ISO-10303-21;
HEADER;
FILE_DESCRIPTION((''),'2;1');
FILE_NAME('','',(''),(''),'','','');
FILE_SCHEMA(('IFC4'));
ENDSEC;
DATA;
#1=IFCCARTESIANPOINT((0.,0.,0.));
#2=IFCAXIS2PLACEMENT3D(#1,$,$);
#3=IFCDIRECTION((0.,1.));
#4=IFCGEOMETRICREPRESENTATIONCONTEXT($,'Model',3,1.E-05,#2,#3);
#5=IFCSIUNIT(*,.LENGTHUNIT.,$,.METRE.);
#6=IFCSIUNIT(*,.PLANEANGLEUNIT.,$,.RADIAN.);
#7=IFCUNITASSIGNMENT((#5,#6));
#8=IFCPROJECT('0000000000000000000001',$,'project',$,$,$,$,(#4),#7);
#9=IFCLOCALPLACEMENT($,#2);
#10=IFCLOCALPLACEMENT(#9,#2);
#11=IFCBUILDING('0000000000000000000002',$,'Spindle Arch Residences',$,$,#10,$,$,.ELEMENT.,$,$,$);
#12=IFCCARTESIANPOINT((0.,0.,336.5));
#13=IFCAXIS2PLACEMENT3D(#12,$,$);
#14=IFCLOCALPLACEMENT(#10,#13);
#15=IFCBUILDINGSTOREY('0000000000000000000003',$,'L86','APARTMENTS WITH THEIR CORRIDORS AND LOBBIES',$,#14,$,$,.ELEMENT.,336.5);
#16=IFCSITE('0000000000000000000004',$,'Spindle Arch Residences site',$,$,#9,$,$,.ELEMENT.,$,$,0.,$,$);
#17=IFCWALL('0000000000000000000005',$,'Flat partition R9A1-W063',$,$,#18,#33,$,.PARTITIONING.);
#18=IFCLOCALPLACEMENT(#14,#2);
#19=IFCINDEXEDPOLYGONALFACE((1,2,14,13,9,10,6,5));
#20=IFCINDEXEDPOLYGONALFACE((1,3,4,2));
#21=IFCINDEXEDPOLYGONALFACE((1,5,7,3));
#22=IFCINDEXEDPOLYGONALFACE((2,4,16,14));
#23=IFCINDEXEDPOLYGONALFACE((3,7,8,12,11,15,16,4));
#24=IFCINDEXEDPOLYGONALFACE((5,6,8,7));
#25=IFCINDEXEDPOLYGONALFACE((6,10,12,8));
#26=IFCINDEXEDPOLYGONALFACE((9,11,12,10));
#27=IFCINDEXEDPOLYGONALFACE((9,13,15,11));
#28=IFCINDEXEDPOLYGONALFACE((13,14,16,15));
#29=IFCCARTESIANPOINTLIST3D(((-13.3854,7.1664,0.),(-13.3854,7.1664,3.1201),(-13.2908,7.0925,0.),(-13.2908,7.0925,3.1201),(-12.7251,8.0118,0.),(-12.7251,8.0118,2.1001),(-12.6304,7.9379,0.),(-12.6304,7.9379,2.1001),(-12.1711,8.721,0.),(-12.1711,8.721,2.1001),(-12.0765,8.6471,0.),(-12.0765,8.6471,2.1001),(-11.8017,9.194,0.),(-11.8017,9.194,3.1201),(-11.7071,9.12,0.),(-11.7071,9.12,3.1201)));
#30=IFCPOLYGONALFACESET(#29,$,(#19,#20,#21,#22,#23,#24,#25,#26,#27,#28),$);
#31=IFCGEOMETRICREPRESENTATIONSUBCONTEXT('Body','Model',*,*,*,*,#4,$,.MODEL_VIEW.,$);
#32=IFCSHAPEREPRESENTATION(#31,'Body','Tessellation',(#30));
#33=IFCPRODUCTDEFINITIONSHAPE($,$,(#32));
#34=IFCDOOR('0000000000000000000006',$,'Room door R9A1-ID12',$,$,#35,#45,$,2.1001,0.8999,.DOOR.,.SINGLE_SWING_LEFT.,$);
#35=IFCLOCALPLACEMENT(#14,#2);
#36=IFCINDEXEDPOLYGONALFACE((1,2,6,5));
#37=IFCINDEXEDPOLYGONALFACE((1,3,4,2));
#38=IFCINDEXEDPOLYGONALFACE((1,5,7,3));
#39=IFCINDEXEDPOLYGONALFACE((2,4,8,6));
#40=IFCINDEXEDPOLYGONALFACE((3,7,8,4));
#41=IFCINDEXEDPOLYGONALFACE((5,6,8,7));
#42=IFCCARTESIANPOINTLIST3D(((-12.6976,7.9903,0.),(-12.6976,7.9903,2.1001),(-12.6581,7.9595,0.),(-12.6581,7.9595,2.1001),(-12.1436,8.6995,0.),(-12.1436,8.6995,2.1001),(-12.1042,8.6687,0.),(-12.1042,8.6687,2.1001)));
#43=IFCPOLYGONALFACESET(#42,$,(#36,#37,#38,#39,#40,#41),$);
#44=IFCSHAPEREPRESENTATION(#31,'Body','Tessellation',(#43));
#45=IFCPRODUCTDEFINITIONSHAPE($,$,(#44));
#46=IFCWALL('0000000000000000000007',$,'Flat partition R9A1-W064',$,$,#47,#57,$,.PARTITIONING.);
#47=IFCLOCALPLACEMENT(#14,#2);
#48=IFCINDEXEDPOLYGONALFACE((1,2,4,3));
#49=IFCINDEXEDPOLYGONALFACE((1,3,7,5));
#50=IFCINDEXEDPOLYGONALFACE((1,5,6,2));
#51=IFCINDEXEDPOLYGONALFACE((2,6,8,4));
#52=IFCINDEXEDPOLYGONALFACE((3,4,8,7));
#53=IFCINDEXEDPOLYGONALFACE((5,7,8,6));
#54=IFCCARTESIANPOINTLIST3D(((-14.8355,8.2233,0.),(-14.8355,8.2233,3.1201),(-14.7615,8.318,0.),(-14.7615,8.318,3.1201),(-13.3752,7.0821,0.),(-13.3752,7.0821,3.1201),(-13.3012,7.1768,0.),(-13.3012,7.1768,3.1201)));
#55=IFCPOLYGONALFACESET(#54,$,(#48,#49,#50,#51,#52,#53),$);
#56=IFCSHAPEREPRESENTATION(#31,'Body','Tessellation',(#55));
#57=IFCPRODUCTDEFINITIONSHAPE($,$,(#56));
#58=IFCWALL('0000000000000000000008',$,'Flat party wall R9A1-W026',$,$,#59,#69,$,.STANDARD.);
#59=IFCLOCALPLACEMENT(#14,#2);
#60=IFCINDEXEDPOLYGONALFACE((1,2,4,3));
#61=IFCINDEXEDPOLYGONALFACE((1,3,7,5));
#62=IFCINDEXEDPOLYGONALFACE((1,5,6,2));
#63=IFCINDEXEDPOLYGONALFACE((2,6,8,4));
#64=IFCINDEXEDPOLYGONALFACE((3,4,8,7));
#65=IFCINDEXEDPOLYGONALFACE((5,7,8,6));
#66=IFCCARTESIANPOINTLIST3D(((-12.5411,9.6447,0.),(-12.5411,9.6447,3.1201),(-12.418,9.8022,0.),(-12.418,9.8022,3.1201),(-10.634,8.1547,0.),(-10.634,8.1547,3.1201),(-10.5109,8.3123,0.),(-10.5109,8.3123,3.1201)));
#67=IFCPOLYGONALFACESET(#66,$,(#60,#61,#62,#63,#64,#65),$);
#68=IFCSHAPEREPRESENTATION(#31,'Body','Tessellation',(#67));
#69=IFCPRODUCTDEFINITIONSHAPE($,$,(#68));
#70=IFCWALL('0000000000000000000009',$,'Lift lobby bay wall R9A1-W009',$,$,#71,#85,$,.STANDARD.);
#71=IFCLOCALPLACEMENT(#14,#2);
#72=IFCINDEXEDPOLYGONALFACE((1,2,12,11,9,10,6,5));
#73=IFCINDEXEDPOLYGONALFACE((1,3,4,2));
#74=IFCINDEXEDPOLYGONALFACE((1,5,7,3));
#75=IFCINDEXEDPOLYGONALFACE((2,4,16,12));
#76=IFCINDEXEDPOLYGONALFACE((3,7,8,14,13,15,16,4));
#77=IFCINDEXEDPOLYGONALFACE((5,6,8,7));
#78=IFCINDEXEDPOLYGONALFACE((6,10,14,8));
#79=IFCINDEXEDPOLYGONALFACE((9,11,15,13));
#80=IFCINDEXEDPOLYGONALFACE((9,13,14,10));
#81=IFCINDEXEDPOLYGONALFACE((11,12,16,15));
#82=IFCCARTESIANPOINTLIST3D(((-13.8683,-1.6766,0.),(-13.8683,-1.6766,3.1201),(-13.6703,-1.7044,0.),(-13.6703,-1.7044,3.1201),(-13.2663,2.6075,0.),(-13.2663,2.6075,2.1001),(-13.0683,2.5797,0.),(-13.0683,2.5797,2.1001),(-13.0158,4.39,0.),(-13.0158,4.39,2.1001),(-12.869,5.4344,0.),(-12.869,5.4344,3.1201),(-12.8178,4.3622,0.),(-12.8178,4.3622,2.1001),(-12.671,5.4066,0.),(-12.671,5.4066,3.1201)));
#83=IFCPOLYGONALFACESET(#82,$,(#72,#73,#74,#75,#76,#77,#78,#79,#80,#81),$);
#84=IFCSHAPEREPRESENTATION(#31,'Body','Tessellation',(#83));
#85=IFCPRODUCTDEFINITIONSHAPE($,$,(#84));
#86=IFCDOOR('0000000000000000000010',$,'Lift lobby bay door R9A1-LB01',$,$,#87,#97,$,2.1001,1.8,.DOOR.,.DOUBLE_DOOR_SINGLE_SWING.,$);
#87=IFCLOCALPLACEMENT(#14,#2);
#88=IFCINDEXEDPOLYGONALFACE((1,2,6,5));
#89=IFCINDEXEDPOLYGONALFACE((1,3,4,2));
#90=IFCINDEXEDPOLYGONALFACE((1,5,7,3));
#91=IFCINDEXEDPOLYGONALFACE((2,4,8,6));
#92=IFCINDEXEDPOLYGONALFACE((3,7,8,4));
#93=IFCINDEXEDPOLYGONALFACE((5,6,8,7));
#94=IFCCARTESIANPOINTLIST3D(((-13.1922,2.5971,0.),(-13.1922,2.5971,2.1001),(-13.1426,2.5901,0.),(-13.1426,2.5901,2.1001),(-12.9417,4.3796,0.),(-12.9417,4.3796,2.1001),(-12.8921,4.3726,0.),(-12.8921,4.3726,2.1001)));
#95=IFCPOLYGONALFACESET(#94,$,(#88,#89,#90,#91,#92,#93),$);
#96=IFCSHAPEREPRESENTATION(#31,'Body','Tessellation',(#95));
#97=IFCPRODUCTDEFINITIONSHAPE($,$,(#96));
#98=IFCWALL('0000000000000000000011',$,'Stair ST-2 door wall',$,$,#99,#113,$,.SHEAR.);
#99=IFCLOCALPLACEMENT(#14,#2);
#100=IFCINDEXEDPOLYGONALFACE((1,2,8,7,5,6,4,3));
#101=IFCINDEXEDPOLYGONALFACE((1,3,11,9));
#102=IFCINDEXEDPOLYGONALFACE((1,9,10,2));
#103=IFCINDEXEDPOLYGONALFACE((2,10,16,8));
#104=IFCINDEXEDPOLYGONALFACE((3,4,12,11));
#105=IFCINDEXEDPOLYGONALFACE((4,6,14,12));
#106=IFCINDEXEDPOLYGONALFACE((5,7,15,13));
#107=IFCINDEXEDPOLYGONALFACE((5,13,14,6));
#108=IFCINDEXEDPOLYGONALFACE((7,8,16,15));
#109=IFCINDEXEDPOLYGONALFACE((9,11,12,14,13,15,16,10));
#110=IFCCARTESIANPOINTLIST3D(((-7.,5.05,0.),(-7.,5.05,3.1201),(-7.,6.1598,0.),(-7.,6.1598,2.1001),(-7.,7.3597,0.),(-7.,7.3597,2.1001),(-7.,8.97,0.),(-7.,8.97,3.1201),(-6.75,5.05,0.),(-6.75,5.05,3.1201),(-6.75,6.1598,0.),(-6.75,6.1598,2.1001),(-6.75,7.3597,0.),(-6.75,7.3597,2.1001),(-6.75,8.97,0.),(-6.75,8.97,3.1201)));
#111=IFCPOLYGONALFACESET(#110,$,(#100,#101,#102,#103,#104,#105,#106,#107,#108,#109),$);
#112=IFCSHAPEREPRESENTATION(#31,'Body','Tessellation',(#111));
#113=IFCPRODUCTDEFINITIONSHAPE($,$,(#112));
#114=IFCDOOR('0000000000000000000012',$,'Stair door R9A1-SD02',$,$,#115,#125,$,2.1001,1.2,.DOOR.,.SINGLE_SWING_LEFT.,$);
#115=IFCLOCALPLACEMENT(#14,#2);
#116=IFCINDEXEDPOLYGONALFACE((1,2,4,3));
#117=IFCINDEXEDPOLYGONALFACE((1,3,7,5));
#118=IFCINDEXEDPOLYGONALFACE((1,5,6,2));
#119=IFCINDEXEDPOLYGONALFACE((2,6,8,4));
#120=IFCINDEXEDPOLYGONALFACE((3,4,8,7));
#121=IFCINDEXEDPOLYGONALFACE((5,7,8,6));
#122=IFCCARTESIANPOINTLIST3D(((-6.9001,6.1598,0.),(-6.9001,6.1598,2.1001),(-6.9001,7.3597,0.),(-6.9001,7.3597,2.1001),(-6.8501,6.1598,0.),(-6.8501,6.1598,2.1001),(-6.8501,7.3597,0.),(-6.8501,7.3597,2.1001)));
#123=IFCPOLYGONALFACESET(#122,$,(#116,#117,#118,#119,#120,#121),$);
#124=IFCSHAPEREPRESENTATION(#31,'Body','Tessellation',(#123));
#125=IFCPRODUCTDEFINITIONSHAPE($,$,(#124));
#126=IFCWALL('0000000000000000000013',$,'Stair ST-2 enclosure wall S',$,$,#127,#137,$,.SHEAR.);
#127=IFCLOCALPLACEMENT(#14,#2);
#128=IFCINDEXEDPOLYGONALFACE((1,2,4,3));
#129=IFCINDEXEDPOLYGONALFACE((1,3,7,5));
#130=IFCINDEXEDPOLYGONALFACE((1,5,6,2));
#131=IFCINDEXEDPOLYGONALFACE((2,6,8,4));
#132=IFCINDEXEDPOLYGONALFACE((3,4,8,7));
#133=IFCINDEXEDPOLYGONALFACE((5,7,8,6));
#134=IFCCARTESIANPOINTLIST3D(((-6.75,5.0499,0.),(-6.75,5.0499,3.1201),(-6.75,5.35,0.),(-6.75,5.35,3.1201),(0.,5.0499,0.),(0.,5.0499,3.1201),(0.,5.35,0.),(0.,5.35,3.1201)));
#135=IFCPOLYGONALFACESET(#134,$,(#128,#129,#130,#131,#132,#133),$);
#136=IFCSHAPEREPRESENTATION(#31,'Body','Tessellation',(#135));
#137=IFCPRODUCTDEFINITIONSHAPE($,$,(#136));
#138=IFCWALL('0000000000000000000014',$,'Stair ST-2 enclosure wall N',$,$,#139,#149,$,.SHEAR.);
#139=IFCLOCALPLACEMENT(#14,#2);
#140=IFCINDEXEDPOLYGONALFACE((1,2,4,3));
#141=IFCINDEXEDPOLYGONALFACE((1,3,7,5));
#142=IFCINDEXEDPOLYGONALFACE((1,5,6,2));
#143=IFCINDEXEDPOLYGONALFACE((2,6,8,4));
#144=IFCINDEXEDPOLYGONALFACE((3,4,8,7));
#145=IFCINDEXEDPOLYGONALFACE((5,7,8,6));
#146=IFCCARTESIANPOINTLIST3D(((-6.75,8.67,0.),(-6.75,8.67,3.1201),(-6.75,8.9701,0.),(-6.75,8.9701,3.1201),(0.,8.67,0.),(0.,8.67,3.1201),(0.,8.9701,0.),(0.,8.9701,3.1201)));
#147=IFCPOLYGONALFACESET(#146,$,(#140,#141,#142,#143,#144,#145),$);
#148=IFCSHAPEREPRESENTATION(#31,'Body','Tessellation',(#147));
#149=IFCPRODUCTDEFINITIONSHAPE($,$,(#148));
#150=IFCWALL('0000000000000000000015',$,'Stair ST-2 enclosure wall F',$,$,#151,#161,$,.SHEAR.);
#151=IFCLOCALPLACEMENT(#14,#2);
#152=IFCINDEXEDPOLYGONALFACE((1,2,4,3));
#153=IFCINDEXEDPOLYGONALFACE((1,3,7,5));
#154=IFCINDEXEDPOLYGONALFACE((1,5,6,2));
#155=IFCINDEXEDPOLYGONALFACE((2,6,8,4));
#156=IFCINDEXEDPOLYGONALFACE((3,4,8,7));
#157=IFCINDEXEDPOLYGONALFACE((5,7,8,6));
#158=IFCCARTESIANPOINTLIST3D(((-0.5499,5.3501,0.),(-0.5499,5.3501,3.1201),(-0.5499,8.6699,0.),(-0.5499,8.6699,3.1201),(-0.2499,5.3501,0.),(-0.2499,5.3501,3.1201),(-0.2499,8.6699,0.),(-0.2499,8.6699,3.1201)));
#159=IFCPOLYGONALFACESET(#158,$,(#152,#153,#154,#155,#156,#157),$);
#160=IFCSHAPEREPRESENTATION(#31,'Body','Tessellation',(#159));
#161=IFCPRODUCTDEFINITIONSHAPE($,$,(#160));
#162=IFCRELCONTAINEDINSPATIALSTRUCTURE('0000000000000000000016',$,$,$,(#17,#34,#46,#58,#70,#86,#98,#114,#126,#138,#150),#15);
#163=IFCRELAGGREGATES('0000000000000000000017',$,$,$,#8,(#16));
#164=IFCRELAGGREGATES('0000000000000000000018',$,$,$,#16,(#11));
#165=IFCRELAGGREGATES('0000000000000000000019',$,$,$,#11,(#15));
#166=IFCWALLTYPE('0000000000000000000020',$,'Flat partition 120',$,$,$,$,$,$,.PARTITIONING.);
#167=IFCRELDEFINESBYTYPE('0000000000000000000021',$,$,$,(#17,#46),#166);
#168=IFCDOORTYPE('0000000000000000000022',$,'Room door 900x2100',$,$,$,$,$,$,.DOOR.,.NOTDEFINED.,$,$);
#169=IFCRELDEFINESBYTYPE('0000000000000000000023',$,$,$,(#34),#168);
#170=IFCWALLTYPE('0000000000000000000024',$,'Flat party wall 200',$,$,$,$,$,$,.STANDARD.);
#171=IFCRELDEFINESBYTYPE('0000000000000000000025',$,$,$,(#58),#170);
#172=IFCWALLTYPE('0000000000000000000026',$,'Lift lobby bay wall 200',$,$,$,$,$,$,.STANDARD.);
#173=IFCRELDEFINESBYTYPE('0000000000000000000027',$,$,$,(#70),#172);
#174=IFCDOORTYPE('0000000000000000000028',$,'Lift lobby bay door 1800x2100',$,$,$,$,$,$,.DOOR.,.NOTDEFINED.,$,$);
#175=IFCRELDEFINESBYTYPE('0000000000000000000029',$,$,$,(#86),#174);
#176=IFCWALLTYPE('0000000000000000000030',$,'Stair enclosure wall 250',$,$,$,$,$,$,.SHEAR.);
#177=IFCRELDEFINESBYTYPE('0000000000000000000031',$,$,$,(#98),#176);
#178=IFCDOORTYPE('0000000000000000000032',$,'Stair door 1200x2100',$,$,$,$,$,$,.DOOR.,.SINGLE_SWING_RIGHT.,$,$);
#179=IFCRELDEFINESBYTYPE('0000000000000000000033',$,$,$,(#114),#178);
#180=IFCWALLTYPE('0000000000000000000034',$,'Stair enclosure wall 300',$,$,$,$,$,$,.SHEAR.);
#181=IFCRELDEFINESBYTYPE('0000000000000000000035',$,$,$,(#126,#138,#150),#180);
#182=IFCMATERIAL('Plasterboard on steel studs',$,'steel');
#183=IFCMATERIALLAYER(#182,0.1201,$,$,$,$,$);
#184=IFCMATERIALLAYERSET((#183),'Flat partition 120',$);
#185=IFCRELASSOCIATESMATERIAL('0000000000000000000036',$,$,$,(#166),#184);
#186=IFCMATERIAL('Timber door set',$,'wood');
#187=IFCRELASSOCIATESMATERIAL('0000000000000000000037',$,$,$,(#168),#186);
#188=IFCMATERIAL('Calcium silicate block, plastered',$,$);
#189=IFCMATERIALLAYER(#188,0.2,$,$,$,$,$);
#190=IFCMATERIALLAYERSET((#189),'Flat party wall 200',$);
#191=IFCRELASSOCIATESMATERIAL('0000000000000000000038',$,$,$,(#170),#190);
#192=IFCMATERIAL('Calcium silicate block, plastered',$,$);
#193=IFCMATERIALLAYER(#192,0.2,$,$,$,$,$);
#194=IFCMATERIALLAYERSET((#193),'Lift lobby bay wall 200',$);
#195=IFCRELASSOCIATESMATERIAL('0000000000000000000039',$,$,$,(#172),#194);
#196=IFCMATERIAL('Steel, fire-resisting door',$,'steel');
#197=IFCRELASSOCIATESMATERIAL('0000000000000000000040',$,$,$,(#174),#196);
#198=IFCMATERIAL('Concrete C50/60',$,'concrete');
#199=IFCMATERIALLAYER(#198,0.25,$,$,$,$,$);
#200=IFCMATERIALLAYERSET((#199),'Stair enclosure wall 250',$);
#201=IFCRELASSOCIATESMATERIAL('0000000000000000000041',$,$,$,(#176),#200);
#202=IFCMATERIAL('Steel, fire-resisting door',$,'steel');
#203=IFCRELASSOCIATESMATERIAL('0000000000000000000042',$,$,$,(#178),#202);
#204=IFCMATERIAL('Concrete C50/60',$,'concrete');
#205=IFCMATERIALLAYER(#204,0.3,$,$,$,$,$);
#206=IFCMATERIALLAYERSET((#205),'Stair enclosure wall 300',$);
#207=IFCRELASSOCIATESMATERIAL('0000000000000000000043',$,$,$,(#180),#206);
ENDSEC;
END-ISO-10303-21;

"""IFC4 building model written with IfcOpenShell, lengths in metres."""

from ifc_helpers import new_model, si_unit, direction, frame, frame_2d, origin, place, context, subcontext, project, spatial, rectangle, extrude, material, layer, layer_set, type_object, element, fill, save


model = new_model("IFC4")

# Units and contexts
model_context = context("Model", 3, precision=1e-05, world=origin(), true_north=direction((0.0, 1.0)))
body_context = subcontext(model_context, "Body", "Model", "MODEL_VIEW")
ifc_project = project(units=[si_unit("LENGTHUNIT", "METRE"), si_unit("PLANEANGLEUNIT", "RADIAN")], contexts=[model_context])

# Site, building, storey
site_placement = place(None, origin())
site = spatial("IfcSite", under=ifc_project, at=site_placement, Name="Spindle Arch Residences site", CompositionType="ELEMENT", RefElevation=0.0)
building_placement = place(site_placement, origin())
building = spatial("IfcBuilding", under=site, at=building_placement, Name="Spindle Arch Residences", CompositionType="ELEMENT")
storey_placement = place(building_placement, frame((0.0, 0.0, 336.5)))
storey = spatial("IfcBuildingStorey", under=building, at=storey_placement, Name="L86", Description="APARTMENTS WITH THEIR CORRIDORS AND LOBBIES", CompositionType="ELEMENT", Elevation=336.5)

# Shared definitions
ifc_material_1 = material(Name="Plasterboard on steel studs", Category="steel")
ifc_layer_1 = layer(ifc_material_1, 0.1201)
ifc_layer_set_1 = layer_set([ifc_layer_1], Name="Flat partition 120")
wall_type_1 = type_object("IfcWallType", Name="Flat partition 120", PredefinedType="PARTITIONING", material=ifc_layer_set_1)

# Wall, opening, door
wall_1_placement = place(storey_placement, frame((-11.7544, 9.157, 0.0), z_axis=(0.0, 0.0, 1.0), x_axis=(-0.615569, -0.788083, 0.0)))
wall_1 = element("IfcWall", 1, at=wall_1_placement, inside=storey, type_object=wall_type_1, Name="Flat partition R9A1-W063", PredefinedType="PARTITIONING", context=body_context, shape_type="SweptSolid", body=[
    extrude(rectangle(XDim=2.5728, YDim=0.1201, at=frame_2d((1.2864, 0.0))), origin(), (0.0, 0.0, 1.0), 3.1201),
])
opening_1_placement = place(wall_1_placement, frame((0.6001, 0.0, 0.0)))
opening_1 = element("IfcOpeningElement", 2, at=opening_1_placement, cuts=wall_1, PredefinedType="OPENING", context=body_context, shape_type="SweptSolid", body=[
    extrude(rectangle(XDim=0.8999, YDim=2.1001, at=frame_2d((0.45, 1.05))), frame((0.0, 0.0701, 0.0), z_axis=(0.0, -1.0, 0.0), x_axis=(1.0, 0.0, 0.0)), (0.0, 0.0, 1.0), 0.1401),
])
ifc_material_2 = material(Name="Timber door set", Category="wood")
door_type_1 = type_object("IfcDoorType", Name="Room door 900x2100", OperationType="NOTDEFINED", PredefinedType="DOOR", material=ifc_material_2)
door_1_placement = place(opening_1_placement, origin())
door_1 = element("IfcDoor", 3, at=door_1_placement, inside=storey, type_object=door_type_1, Name="Room door R9A1-ID12", OperationType="SINGLE_SWING_LEFT", OverallHeight=2.1001, OverallWidth=0.8999, PredefinedType="DOOR", context=body_context, shape_type="SweptSolid", body=[
    extrude(rectangle(XDim=0.8999, YDim=2.1001, at=frame_2d((0.45, 1.05))), frame((0.0, 0.0249, 0.0), z_axis=(0.0, -1.0, 0.0), x_axis=(1.0, 0.0, 0.0)), (0.0, 0.0, 1.0), 0.05),
])
fill(opening_1, door_1)

# Walls
wall_2_placement = place(storey_placement, frame((-13.3381, 7.1294, 0.0), z_axis=(0.0, 0.0, 1.0), x_axis=(-0.787938, 0.615754, 0.0)))
element("IfcWall", 4, at=wall_2_placement, inside=storey, type_object=wall_type_1, Name="Flat partition R9A1-W064", PredefinedType="PARTITIONING", context=body_context, shape_type="SweptSolid", body=[
    extrude(rectangle(XDim=1.8533, YDim=0.1201, at=frame_2d((0.9268, 0.0))), origin(), (0.0, 0.0, 1.0), 3.1201),
])
ifc_material_3 = material(Name="Calcium silicate block, plastered")
ifc_layer_2 = layer(ifc_material_3, 0.2)
ifc_layer_set_2 = layer_set([ifc_layer_2], Name="Flat party wall 200")
wall_type_2 = type_object("IfcWallType", Name="Flat party wall 200", PredefinedType="STANDARD", material=ifc_layer_set_2)
wall_3_placement = place(storey_placement, frame((-12.4795, 9.7234, 0.0), z_axis=(0.0, 0.0, 1.0), x_axis=(0.78803, -0.615636, 0.0)))
element("IfcWall", 5, at=wall_3_placement, inside=storey, type_object=wall_type_2, Name="Flat party wall R9A1-W026", PredefinedType="STANDARD", context=body_context, shape_type="SweptSolid", body=[
    extrude(rectangle(XDim=2.4202, YDim=0.2, at=frame_2d((1.21, 0.0))), origin(), (0.0, 0.0, 1.0), 3.1201),
])

# Walls, openings, doors
ifc_material_4 = material(Name="Calcium silicate block, plastered")
ifc_layer_3 = layer(ifc_material_4, 0.2)
ifc_layer_set_3 = layer_set([ifc_layer_3], Name="Lift lobby bay wall 200")
wall_type_3 = type_object("IfcWallType", Name="Lift lobby bay wall 200", PredefinedType="STANDARD", material=ifc_layer_set_3)
wall_4_placement = place(storey_placement, frame((-12.77, 5.4204, 0.0), z_axis=(0.0, 0.0, 1.0), x_axis=(-0.139155, -0.990271, 0.0)))
wall_4 = element("IfcWall", 6, at=wall_4_placement, inside=storey, type_object=wall_type_3, Name="Lift lobby bay wall R9A1-W009", PredefinedType="STANDARD", context=body_context, shape_type="SweptSolid", body=[
    extrude(rectangle(XDim=7.1809, YDim=0.2, at=frame_2d((3.5903, 0.0))), origin(), (0.0, 0.0, 1.0), 3.1201),
])
opening_2_placement = place(wall_4_placement, frame((1.0547, 0.0, 0.0)))
opening_2 = element("IfcOpeningElement", 7, at=opening_2_placement, cuts=wall_4, PredefinedType="OPENING", context=body_context, shape_type="SweptSolid", body=[
    extrude(rectangle(XDim=1.8, YDim=2.1001, at=frame_2d((0.8999, 1.05))), frame((0.0, 0.1099, 0.0), z_axis=(0.0, -1.0, 0.0), x_axis=(1.0, 0.0, 0.0)), (0.0, 0.0, 1.0), 0.22),
])
ifc_material_5 = material(Name="Steel, fire-resisting door", Category="steel")
door_type_2 = type_object("IfcDoorType", Name="Lift lobby bay door 1800x2100", OperationType="NOTDEFINED", PredefinedType="DOOR", material=ifc_material_5)
door_2_placement = place(opening_2_placement, origin())
door_2 = element("IfcDoor", 8, at=door_2_placement, inside=storey, type_object=door_type_2, Name="Lift lobby bay door R9A1-LB01", OperationType="DOUBLE_DOOR_SINGLE_SWING", OverallHeight=2.1001, OverallWidth=1.8, PredefinedType="DOOR", context=body_context, shape_type="SweptSolid", body=[
    extrude(rectangle(XDim=1.8, YDim=2.1001, at=frame_2d((0.8999, 1.05))), frame((0.0, 0.0249, 0.0), z_axis=(0.0, -1.0, 0.0), x_axis=(1.0, 0.0, 0.0)), (0.0, 0.0, 1.0), 0.05),
])
fill(opening_2, door_2)
ifc_material_6 = material(Name="Concrete C50/60", Category="concrete")
ifc_layer_4 = layer(ifc_material_6, 0.25)
ifc_layer_set_4 = layer_set([ifc_layer_4], Name="Stair enclosure wall 250")
wall_type_4 = type_object("IfcWallType", Name="Stair enclosure wall 250", PredefinedType="SHEAR", material=ifc_layer_set_4)
wall_5_placement = place(storey_placement, frame((-6.875, 8.97, 0.0), z_axis=(0.0, 0.0, 1.0), x_axis=(0.0, -1.0, 0.0)))
wall_5 = element("IfcWall", 9, at=wall_5_placement, inside=storey, type_object=wall_type_4, Name="Stair ST-2 door wall", PredefinedType="SHEAR", context=body_context, shape_type="SweptSolid", body=[
    extrude(rectangle(XDim=3.9199, YDim=0.25, at=frame_2d((1.96, 0.0))), origin(), (0.0, 0.0, 1.0), 3.1201),
])
opening_3_placement = place(wall_5_placement, frame((1.6101, 0.0, 0.0)))
opening_3 = element("IfcOpeningElement", 10, at=opening_3_placement, cuts=wall_5, PredefinedType="OPENING", context=body_context, shape_type="SweptSolid", body=[
    extrude(rectangle(XDim=1.2, YDim=2.1001, at=frame_2d((0.6001, 1.05))), frame((0.0, 0.135, 0.0), z_axis=(0.0, -1.0, 0.0), x_axis=(1.0, 0.0, 0.0)), (0.0, 0.0, 1.0), 0.27),
])
ifc_material_7 = material(Name="Steel, fire-resisting door", Category="steel")
door_type_3 = type_object("IfcDoorType", Name="Stair door 1200x2100", OperationType="SINGLE_SWING_RIGHT", PredefinedType="DOOR", material=ifc_material_7)
door_3_placement = place(opening_3_placement, origin())
door_3 = element("IfcDoor", 11, at=door_3_placement, inside=storey, type_object=door_type_3, Name="Stair door R9A1-SD02", OperationType="SINGLE_SWING_LEFT", OverallHeight=2.1001, OverallWidth=1.2, PredefinedType="DOOR", context=body_context, shape_type="SweptSolid", body=[
    extrude(rectangle(XDim=1.2, YDim=2.1001, at=frame_2d((0.6001, 1.05))), frame((0.0, 0.0249, 0.0), z_axis=(0.0, -1.0, 0.0), x_axis=(1.0, 0.0, 0.0)), (0.0, 0.0, 1.0), 0.05),
])
fill(opening_3, door_3)

# Walls
ifc_material_8 = material(Name="Concrete C50/60", Category="concrete")
ifc_layer_5 = layer(ifc_material_8, 0.3)
ifc_layer_set_5 = layer_set([ifc_layer_5], Name="Stair enclosure wall 300")
wall_type_5 = type_object("IfcWallType", Name="Stair enclosure wall 300", PredefinedType="SHEAR", material=ifc_layer_set_5)
for number, where, z_axis, x_axis, name in (
    (12, (-6.75, 5.2, 0.0), (0.0, 0.0, 1.0), (1.0, 0.0, 0.0), "Stair ST-2 enclosure wall S"),
    (13, (-6.75, 8.8201, 0.0), (0.0, 0.0, 1.0), (1.0, 0.0, 0.0), "Stair ST-2 enclosure wall N"),
):
    element("IfcWall", number, at=place(storey_placement, frame(where, z_axis=z_axis, x_axis=x_axis)), inside=storey, type_object=wall_type_5, Name=name, PredefinedType="SHEAR", context=body_context, shape_type="SweptSolid", body=[
        extrude(rectangle(XDim=6.75, YDim=0.3, at=frame_2d((3.375, 0.0))), origin(), (0.0, 0.0, 1.0), 3.1201),
    ])
wall_6_placement = place(storey_placement, frame((-0.3999, 5.3501, 0.0), z_axis=(0.0, 0.0, 1.0), x_axis=(0.0, 1.0, 0.0)))
element("IfcWall", 14, at=wall_6_placement, inside=storey, type_object=wall_type_5, Name="Stair ST-2 enclosure wall F", PredefinedType="SHEAR", context=body_context, shape_type="SweptSolid", body=[
    extrude(rectangle(XDim=3.3198, YDim=0.3, at=frame_2d((1.6599, 0.0))), origin(), (0.0, 0.0, 1.0), 3.1201),
])

save(model, "model.ifc")
